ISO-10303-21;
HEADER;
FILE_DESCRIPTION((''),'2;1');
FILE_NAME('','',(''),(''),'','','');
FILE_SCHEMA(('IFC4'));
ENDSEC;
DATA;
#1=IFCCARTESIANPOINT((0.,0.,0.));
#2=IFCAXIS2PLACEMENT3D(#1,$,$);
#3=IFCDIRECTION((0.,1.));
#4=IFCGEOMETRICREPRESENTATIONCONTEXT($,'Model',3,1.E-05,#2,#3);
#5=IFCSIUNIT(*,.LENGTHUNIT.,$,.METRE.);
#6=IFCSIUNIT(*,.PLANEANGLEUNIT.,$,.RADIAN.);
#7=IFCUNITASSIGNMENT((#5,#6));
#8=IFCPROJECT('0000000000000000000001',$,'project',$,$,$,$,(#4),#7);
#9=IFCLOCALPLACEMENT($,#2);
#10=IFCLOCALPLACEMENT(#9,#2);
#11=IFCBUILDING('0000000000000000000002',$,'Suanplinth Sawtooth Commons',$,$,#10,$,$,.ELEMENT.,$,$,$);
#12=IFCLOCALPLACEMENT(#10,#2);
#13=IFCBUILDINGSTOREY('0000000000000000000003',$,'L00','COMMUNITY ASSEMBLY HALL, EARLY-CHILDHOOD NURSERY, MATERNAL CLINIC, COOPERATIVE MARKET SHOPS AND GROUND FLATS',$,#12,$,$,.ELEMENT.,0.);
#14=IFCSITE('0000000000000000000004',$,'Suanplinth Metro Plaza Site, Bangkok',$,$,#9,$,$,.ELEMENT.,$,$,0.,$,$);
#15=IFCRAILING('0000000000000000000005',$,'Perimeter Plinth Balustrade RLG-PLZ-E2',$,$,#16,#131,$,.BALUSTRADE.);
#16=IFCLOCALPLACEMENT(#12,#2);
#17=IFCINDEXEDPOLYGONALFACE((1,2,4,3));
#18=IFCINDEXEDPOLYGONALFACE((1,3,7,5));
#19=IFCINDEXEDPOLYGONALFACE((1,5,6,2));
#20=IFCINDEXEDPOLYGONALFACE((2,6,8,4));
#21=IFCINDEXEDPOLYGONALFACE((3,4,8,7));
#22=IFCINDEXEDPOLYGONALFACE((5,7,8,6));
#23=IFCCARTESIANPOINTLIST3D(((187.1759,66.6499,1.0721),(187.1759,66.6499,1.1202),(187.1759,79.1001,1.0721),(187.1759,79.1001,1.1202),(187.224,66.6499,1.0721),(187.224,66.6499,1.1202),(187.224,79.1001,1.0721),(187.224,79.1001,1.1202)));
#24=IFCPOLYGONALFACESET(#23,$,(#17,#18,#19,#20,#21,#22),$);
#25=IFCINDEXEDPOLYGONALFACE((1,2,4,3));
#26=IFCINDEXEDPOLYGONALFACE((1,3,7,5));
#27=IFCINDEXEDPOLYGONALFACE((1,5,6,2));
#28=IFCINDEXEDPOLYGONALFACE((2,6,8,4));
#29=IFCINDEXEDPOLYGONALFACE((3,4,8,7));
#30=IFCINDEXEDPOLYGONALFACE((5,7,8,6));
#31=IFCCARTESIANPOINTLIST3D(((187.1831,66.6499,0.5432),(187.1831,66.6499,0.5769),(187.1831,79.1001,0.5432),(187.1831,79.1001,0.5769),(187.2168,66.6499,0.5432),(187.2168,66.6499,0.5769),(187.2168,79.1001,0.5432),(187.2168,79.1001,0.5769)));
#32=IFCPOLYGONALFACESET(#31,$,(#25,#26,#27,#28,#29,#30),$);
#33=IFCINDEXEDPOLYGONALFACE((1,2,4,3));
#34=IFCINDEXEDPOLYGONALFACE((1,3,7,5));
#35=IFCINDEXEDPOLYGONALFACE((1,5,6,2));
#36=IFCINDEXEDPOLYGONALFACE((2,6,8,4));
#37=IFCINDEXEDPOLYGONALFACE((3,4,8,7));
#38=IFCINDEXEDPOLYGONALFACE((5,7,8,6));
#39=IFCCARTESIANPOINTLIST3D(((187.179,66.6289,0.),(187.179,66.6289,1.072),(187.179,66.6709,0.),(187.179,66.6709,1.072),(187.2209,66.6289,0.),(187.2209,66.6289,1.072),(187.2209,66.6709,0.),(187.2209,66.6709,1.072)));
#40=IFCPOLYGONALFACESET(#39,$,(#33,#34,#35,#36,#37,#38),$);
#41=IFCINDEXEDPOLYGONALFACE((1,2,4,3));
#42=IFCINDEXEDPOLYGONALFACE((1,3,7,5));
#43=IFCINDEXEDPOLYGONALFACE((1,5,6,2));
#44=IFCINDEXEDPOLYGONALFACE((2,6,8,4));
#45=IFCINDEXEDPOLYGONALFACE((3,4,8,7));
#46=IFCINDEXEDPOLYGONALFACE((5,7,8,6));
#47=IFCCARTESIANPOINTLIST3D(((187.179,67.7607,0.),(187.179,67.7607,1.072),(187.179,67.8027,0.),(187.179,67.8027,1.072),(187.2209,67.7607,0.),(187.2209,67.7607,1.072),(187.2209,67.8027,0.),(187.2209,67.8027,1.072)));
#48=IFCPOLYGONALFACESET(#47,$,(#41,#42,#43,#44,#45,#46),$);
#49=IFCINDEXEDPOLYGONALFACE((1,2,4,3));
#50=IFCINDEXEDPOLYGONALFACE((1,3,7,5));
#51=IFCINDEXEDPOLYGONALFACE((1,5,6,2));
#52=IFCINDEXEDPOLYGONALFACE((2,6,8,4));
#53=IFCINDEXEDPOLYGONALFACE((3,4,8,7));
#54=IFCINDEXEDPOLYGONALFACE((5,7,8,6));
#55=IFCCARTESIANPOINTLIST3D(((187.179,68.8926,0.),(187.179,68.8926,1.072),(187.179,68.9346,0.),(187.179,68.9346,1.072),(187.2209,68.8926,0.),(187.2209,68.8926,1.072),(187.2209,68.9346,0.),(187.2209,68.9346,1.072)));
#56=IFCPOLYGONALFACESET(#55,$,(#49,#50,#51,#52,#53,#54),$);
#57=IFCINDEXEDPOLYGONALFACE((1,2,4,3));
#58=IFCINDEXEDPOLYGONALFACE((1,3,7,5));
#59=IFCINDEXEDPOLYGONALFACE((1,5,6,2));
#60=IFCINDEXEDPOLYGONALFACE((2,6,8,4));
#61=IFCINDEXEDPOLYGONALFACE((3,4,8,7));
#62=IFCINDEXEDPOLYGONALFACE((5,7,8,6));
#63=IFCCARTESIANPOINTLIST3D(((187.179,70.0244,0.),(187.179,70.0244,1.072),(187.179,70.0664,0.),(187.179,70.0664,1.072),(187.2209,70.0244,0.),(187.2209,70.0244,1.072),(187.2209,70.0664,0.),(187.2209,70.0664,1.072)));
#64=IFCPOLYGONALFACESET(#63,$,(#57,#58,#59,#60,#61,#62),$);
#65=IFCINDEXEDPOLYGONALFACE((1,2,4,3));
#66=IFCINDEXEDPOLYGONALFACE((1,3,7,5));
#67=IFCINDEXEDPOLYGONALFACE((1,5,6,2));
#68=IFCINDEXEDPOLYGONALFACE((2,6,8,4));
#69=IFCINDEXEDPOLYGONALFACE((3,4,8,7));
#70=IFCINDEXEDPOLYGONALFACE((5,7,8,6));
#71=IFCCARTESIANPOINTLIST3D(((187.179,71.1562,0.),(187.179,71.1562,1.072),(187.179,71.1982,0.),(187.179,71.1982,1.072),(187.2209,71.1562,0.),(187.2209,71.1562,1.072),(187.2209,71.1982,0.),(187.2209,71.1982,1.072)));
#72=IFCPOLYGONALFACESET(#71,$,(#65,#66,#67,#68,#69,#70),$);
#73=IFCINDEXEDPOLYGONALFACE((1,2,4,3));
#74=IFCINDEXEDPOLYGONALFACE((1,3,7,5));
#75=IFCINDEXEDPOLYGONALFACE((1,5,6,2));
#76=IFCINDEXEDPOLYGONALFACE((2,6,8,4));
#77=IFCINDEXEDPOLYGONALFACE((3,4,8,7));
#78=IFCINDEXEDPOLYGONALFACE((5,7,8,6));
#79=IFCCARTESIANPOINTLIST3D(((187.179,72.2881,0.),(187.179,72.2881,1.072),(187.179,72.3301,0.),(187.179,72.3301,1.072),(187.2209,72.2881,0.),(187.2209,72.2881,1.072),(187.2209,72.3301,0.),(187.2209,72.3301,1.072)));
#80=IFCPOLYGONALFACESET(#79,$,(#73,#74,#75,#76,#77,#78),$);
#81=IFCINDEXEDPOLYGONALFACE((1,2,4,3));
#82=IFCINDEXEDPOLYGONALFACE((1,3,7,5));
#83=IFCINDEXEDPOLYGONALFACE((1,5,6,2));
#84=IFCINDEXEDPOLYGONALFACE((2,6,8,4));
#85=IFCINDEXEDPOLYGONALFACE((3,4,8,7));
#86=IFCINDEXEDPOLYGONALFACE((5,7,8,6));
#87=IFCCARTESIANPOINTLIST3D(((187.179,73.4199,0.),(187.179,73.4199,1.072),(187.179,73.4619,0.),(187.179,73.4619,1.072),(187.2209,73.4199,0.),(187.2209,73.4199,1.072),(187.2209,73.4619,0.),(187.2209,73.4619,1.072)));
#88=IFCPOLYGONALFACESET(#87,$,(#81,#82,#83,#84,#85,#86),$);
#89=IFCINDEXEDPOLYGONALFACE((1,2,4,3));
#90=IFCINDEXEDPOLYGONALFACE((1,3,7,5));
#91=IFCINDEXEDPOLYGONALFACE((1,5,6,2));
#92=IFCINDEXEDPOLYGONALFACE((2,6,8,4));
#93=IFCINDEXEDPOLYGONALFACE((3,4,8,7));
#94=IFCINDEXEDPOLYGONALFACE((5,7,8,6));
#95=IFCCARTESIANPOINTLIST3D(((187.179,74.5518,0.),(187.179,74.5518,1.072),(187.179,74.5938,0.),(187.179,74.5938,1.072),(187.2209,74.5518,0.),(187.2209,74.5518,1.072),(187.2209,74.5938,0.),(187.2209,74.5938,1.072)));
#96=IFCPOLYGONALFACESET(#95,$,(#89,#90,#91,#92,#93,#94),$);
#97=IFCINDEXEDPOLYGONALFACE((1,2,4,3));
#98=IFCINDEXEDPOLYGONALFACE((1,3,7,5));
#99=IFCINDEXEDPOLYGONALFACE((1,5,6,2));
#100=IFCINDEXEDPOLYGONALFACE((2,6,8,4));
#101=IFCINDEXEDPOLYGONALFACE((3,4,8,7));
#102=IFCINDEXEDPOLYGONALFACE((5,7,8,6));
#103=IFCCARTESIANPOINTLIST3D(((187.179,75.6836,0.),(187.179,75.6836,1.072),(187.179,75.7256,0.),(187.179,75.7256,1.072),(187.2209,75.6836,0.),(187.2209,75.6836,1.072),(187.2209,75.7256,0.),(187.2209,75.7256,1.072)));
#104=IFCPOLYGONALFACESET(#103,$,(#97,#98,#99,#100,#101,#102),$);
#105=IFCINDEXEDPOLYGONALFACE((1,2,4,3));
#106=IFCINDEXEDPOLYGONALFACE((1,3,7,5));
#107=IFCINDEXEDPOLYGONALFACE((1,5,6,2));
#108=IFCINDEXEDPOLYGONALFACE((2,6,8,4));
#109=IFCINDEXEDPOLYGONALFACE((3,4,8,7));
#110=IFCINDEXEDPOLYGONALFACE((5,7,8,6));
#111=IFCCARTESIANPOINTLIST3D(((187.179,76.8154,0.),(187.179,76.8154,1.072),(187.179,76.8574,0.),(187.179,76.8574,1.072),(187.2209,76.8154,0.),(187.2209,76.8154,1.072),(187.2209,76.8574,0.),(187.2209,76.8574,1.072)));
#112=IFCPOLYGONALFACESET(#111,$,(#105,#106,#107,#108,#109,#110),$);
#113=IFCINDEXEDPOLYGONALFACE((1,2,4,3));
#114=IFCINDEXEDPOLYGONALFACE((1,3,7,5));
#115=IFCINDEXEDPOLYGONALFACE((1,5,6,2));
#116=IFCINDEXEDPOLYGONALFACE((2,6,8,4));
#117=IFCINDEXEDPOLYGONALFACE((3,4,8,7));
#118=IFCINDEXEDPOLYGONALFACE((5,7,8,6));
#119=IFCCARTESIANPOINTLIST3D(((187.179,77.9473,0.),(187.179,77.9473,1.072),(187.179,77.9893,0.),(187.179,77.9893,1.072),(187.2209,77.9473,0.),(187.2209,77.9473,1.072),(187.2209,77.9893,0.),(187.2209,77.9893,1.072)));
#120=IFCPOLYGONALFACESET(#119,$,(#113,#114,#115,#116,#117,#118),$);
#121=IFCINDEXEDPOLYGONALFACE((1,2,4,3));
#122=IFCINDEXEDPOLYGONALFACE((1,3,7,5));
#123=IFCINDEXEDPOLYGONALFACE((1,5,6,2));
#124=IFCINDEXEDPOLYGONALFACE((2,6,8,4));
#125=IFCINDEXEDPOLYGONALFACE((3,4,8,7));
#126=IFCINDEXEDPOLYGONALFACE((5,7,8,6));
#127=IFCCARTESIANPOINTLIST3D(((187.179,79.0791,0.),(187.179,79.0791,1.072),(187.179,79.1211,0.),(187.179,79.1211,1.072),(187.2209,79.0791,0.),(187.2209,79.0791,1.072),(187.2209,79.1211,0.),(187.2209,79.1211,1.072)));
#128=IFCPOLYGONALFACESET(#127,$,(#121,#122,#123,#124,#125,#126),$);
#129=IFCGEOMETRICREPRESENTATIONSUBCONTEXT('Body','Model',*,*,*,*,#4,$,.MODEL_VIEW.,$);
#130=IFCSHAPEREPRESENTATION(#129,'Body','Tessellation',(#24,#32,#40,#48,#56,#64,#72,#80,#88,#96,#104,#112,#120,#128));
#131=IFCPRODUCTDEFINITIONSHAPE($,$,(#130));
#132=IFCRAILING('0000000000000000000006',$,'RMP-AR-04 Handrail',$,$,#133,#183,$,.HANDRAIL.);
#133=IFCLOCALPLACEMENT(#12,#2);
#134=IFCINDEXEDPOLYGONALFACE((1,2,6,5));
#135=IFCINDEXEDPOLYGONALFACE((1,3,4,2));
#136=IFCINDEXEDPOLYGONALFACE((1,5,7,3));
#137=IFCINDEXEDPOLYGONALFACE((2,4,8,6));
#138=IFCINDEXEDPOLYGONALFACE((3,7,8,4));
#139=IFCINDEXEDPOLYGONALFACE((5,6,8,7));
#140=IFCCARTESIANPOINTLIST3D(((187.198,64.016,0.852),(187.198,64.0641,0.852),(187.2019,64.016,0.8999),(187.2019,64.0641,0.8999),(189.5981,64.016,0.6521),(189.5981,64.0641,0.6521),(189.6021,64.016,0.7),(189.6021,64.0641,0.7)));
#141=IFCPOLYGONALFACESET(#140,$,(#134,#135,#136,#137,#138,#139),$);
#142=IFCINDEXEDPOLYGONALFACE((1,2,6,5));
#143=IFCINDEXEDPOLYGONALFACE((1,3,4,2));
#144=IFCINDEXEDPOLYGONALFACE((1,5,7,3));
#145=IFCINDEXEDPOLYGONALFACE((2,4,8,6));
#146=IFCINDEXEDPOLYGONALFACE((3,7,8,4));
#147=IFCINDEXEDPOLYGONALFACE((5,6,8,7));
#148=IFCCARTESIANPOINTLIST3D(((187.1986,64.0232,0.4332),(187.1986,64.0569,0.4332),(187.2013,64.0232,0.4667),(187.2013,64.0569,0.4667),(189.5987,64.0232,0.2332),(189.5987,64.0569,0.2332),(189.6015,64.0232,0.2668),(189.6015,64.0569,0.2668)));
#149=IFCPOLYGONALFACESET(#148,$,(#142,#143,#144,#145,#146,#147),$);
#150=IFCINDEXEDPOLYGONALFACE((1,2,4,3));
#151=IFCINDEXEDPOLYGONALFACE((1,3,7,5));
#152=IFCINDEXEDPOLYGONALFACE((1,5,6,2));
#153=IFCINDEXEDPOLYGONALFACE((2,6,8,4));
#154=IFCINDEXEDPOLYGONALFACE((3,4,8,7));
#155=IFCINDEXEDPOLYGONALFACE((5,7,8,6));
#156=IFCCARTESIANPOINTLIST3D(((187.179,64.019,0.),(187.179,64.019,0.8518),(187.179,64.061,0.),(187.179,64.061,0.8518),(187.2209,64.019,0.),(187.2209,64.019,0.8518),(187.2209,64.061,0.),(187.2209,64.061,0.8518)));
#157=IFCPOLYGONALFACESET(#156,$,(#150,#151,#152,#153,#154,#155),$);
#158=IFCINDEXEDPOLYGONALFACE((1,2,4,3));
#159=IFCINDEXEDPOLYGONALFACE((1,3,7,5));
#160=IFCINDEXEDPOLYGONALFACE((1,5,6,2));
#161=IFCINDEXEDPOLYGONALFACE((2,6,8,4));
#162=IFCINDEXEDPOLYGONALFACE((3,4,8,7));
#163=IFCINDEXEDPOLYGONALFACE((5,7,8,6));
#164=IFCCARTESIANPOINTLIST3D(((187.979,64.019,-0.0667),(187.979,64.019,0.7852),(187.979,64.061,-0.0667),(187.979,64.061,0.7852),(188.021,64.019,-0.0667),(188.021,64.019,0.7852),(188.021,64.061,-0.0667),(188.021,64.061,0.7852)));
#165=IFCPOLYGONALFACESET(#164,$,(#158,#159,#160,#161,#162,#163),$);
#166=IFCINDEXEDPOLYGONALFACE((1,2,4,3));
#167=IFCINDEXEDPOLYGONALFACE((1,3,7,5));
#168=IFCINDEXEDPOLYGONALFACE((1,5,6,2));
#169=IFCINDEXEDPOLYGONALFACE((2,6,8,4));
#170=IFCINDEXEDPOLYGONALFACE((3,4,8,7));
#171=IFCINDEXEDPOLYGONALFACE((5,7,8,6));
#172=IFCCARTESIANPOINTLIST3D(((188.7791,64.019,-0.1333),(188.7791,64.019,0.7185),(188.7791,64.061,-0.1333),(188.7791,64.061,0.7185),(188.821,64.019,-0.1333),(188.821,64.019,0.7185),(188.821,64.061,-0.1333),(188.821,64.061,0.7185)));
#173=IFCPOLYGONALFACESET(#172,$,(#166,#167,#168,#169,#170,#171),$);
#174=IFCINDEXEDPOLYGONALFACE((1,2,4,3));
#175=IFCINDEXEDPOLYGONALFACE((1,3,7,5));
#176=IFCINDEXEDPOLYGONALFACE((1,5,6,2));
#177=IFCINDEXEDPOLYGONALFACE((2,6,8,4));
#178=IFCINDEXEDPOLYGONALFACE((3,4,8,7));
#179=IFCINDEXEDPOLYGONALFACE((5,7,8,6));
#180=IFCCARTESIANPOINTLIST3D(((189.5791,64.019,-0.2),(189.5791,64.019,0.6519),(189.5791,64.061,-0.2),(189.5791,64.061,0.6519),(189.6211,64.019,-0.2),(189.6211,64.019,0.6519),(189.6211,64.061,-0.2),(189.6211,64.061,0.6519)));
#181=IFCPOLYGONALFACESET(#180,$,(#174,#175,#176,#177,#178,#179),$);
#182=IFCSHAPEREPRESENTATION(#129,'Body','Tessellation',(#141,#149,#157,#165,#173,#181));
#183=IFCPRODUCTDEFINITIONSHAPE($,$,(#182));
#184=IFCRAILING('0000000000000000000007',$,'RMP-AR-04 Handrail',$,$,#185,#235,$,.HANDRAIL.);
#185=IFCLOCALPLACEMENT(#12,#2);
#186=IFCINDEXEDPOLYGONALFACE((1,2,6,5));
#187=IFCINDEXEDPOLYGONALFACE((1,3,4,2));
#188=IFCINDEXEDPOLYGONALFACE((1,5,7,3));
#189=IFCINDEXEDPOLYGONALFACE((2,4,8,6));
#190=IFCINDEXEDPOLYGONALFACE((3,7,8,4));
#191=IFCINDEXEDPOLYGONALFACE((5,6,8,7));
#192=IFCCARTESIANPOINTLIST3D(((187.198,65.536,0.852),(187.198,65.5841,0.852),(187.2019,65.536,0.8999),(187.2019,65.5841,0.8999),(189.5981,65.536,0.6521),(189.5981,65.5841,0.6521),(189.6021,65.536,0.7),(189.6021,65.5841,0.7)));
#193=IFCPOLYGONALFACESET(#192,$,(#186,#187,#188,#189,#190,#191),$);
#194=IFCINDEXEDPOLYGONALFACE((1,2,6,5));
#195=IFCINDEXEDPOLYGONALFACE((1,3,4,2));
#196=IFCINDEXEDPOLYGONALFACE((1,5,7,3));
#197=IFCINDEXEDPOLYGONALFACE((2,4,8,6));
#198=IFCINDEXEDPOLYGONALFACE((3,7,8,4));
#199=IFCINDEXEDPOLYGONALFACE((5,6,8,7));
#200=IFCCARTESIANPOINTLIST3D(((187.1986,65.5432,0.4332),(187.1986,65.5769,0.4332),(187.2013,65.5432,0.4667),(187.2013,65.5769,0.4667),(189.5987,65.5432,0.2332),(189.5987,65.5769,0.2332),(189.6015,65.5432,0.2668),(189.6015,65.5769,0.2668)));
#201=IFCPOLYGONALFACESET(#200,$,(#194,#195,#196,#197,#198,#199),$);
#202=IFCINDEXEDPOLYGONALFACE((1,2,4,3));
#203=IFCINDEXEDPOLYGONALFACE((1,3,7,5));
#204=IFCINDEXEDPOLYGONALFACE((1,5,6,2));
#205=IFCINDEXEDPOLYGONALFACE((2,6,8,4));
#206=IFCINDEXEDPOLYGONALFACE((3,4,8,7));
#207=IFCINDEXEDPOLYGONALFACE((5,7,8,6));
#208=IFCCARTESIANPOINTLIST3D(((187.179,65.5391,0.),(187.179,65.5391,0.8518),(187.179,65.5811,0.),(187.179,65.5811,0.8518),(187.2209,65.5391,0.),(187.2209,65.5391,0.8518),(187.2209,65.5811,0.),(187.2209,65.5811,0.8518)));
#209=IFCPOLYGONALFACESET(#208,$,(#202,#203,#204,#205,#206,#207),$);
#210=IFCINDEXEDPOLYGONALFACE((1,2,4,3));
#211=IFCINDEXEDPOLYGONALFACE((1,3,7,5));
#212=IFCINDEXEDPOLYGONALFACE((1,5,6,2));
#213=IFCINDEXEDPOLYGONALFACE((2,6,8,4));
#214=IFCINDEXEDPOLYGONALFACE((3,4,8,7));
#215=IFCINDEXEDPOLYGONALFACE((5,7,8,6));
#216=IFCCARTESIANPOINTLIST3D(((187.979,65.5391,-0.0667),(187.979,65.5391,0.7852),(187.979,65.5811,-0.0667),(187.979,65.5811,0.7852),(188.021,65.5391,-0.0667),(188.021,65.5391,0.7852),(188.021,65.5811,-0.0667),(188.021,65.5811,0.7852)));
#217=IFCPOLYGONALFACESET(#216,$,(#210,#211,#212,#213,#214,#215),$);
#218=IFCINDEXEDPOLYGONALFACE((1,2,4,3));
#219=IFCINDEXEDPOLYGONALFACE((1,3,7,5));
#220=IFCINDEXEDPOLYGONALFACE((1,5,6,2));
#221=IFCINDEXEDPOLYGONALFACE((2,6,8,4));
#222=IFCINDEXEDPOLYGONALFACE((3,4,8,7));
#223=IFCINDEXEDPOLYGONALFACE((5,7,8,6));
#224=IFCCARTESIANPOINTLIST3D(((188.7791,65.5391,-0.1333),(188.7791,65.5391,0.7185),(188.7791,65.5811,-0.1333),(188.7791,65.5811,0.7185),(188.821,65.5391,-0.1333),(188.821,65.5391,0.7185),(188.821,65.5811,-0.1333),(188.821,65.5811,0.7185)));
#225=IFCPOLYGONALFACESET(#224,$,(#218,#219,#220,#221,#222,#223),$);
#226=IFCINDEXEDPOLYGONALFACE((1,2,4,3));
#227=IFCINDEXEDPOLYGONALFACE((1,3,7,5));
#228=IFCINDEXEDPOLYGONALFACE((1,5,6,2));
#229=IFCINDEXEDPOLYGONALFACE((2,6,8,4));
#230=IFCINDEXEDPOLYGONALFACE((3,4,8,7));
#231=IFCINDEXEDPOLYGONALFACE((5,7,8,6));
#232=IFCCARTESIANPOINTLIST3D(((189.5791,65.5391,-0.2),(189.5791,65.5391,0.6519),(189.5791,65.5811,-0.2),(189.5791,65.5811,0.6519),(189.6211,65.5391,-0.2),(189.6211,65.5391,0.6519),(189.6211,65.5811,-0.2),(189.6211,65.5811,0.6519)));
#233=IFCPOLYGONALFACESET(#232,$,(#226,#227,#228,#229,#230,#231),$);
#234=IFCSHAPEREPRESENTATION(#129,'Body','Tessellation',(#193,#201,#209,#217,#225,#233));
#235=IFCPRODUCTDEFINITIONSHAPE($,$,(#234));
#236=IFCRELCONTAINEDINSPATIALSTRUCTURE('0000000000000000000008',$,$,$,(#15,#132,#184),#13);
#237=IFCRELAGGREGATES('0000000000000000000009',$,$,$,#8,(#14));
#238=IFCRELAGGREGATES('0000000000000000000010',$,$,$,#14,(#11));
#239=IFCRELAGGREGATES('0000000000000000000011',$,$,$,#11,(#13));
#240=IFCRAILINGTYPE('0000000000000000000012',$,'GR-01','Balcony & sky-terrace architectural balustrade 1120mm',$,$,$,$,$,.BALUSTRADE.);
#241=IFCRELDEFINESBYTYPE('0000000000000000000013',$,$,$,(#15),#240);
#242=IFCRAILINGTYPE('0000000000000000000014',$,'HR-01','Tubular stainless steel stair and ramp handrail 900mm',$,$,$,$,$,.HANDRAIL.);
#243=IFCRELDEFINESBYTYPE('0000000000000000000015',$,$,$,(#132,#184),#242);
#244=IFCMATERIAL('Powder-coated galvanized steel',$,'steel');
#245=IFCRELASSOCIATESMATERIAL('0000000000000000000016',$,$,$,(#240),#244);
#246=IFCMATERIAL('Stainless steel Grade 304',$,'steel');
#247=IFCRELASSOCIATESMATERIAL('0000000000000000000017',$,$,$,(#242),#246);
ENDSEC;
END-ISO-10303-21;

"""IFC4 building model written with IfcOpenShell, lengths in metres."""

from ifc_helpers import new_model, si_unit, direction, frame, origin, origin_2d, place, context, subcontext, project, spatial, rectangle, extrude, material, type_object, element, save


model = new_model("IFC4")

# Units and contexts
model_context = context("Model", 3, precision=1e-05, world=origin(), true_north=direction((0.0, 1.0)))
body_context = subcontext(model_context, "Body", "Model", "MODEL_VIEW")
ifc_project = project(units=[si_unit("LENGTHUNIT", "METRE"), si_unit("PLANEANGLEUNIT", "RADIAN")], contexts=[model_context])

# Site, building, storey
site_placement = place(None, origin())
site = spatial("IfcSite", under=ifc_project, at=site_placement, Name="Suanplinth Metro Plaza Site, Bangkok", CompositionType="ELEMENT", RefElevation=0.0)
building_placement = place(site_placement, origin())
building = spatial("IfcBuilding", under=site, at=building_placement, Name="Suanplinth Sawtooth Commons", CompositionType="ELEMENT")
storey_placement = place(building_placement, origin())
storey = spatial("IfcBuildingStorey", under=building, at=storey_placement, Name="L00", Description="COMMUNITY ASSEMBLY HALL, EARLY-CHILDHOOD NURSERY, MATERNAL CLINIC, COOPERATIVE MARKET SHOPS AND GROUND FLATS", CompositionType="ELEMENT", Elevation=0.0)

# Railings
ifc_material_1 = material(Name="Powder-coated galvanized steel", Category="steel")
railing_type_1 = type_object("IfcRailingType", Name="GR-01", Description="Balcony & sky-terrace architectural balustrade 1120mm", PredefinedType="BALUSTRADE", material=ifc_material_1)
railing_placement = place(storey_placement, frame((187.2, 66.6499, 0.0)))
element("IfcRailing", 1, at=railing_placement, inside=storey, type_object=railing_type_1, Name="Perimeter Plinth Balustrade RLG-PLZ-E2", PredefinedType="BALUSTRADE", context=body_context, shape_type="SweptSolid", body=[
    extrude(rectangle(XDim=0.0481, YDim=0.0481, at=origin_2d()), frame((0.0, 0.0, 1.0962), z_axis=(0.0, 1.0, 0.0), x_axis=(-1.0, 0.0, 0.0)), (0.0, 0.0, 1.0), 12.4502),
    extrude(rectangle(XDim=0.0337, YDim=0.0337, at=origin_2d()), frame((0.0, 0.0, 0.5601), z_axis=(0.0, 1.0, 0.0), x_axis=(-1.0, 0.0, 0.0)), (0.0, 0.0, 1.0), 12.4502),
    extrude(rectangle(XDim=0.042, YDim=0.042, at=origin_2d()), origin(), (0.0, 0.0, 1.0), 1.072),
    extrude(rectangle(XDim=0.042, YDim=0.042, at=origin_2d()), frame((0.0, 1.1318, 0.0)), (0.0, 0.0, 1.0), 1.072),
    extrude(rectangle(XDim=0.042, YDim=0.042, at=origin_2d()), frame((0.0, 2.2637, 0.0)), (0.0, 0.0, 1.0), 1.072),
    extrude(rectangle(XDim=0.042, YDim=0.042, at=origin_2d()), frame((0.0, 3.3955, 0.0)), (0.0, 0.0, 1.0), 1.072),
    extrude(rectangle(XDim=0.042, YDim=0.042, at=origin_2d()), frame((0.0, 4.5273, 0.0)), (0.0, 0.0, 1.0), 1.072),
    extrude(rectangle(XDim=0.042, YDim=0.042, at=origin_2d()), frame((0.0, 5.6592, 0.0)), (0.0, 0.0, 1.0), 1.072),
    extrude(rectangle(XDim=0.042, YDim=0.042, at=origin_2d()), frame((0.0, 6.791, 0.0)), (0.0, 0.0, 1.0), 1.072),
    extrude(rectangle(XDim=0.042, YDim=0.042, at=origin_2d()), frame((0.0, 7.9229, 0.0)), (0.0, 0.0, 1.0), 1.072),
    extrude(rectangle(XDim=0.042, YDim=0.042, at=origin_2d()), frame((0.0, 9.0547, 0.0)), (0.0, 0.0, 1.0), 1.072),
    extrude(rectangle(XDim=0.042, YDim=0.042, at=origin_2d()), frame((0.0, 10.1865, 0.0)), (0.0, 0.0, 1.0), 1.072),
    extrude(rectangle(XDim=0.042, YDim=0.042, at=origin_2d()), frame((0.0, 11.3184, 0.0)), (0.0, 0.0, 1.0), 1.072),
    extrude(rectangle(XDim=0.042, YDim=0.042, at=origin_2d()), frame((0.0, 12.4502, 0.0)), (0.0, 0.0, 1.0), 1.072),
])
ifc_material_2 = material(Name="Stainless steel Grade 304", Category="steel")
railing_type_2 = type_object("IfcRailingType", Name="HR-01", Description="Tubular stainless steel stair and ramp handrail 900mm", PredefinedType="HANDRAIL", material=ifc_material_2)
for number, where, name in (
    (2, (187.2, 64.04, 0.0), "RMP-AR-04 Handrail"),
    (3, (187.2, 65.5601, 0.0), "RMP-AR-04 Handrail"),
):
    element("IfcRailing", number, at=place(storey_placement, frame(where)), inside=storey, type_object=railing_type_2, Name=name, PredefinedType="HANDRAIL", context=body_context, shape_type="SweptSolid", body=[
        extrude(rectangle(XDim=0.0481, YDim=0.0481, at=origin_2d()), frame((0.0, 0.0, 0.876), z_axis=(0.996548, 0.0, -0.08302), x_axis=(0.0, 1.0, 0.0)), (0.0, 0.0, 1.0), 2.4084),
        extrude(rectangle(XDim=0.0337, YDim=0.0337, at=origin_2d()), frame((0.0, 0.0, 0.45), z_axis=(0.996548, 0.0, -0.08302), x_axis=(0.0, 1.0, 0.0)), (0.0, 0.0, 1.0), 2.4084),
        extrude(rectangle(XDim=0.042, YDim=0.042, at=origin_2d()), origin(), (0.0, 0.0, 1.0), 0.8518),
        extrude(rectangle(XDim=0.042, YDim=0.042, at=origin_2d()), frame((0.8, 0.0, -0.0667)), (0.0, 0.0, 1.0), 0.8518),
        extrude(rectangle(XDim=0.042, YDim=0.042, at=origin_2d()), frame((1.6001, 0.0, -0.1333)), (0.0, 0.0, 1.0), 0.8518),
        extrude(rectangle(XDim=0.042, YDim=0.042, at=origin_2d()), frame((2.4001, 0.0, -0.2)), (0.0, 0.0, 1.0), 0.8518),
    ])

save(model, "model.ifc")
